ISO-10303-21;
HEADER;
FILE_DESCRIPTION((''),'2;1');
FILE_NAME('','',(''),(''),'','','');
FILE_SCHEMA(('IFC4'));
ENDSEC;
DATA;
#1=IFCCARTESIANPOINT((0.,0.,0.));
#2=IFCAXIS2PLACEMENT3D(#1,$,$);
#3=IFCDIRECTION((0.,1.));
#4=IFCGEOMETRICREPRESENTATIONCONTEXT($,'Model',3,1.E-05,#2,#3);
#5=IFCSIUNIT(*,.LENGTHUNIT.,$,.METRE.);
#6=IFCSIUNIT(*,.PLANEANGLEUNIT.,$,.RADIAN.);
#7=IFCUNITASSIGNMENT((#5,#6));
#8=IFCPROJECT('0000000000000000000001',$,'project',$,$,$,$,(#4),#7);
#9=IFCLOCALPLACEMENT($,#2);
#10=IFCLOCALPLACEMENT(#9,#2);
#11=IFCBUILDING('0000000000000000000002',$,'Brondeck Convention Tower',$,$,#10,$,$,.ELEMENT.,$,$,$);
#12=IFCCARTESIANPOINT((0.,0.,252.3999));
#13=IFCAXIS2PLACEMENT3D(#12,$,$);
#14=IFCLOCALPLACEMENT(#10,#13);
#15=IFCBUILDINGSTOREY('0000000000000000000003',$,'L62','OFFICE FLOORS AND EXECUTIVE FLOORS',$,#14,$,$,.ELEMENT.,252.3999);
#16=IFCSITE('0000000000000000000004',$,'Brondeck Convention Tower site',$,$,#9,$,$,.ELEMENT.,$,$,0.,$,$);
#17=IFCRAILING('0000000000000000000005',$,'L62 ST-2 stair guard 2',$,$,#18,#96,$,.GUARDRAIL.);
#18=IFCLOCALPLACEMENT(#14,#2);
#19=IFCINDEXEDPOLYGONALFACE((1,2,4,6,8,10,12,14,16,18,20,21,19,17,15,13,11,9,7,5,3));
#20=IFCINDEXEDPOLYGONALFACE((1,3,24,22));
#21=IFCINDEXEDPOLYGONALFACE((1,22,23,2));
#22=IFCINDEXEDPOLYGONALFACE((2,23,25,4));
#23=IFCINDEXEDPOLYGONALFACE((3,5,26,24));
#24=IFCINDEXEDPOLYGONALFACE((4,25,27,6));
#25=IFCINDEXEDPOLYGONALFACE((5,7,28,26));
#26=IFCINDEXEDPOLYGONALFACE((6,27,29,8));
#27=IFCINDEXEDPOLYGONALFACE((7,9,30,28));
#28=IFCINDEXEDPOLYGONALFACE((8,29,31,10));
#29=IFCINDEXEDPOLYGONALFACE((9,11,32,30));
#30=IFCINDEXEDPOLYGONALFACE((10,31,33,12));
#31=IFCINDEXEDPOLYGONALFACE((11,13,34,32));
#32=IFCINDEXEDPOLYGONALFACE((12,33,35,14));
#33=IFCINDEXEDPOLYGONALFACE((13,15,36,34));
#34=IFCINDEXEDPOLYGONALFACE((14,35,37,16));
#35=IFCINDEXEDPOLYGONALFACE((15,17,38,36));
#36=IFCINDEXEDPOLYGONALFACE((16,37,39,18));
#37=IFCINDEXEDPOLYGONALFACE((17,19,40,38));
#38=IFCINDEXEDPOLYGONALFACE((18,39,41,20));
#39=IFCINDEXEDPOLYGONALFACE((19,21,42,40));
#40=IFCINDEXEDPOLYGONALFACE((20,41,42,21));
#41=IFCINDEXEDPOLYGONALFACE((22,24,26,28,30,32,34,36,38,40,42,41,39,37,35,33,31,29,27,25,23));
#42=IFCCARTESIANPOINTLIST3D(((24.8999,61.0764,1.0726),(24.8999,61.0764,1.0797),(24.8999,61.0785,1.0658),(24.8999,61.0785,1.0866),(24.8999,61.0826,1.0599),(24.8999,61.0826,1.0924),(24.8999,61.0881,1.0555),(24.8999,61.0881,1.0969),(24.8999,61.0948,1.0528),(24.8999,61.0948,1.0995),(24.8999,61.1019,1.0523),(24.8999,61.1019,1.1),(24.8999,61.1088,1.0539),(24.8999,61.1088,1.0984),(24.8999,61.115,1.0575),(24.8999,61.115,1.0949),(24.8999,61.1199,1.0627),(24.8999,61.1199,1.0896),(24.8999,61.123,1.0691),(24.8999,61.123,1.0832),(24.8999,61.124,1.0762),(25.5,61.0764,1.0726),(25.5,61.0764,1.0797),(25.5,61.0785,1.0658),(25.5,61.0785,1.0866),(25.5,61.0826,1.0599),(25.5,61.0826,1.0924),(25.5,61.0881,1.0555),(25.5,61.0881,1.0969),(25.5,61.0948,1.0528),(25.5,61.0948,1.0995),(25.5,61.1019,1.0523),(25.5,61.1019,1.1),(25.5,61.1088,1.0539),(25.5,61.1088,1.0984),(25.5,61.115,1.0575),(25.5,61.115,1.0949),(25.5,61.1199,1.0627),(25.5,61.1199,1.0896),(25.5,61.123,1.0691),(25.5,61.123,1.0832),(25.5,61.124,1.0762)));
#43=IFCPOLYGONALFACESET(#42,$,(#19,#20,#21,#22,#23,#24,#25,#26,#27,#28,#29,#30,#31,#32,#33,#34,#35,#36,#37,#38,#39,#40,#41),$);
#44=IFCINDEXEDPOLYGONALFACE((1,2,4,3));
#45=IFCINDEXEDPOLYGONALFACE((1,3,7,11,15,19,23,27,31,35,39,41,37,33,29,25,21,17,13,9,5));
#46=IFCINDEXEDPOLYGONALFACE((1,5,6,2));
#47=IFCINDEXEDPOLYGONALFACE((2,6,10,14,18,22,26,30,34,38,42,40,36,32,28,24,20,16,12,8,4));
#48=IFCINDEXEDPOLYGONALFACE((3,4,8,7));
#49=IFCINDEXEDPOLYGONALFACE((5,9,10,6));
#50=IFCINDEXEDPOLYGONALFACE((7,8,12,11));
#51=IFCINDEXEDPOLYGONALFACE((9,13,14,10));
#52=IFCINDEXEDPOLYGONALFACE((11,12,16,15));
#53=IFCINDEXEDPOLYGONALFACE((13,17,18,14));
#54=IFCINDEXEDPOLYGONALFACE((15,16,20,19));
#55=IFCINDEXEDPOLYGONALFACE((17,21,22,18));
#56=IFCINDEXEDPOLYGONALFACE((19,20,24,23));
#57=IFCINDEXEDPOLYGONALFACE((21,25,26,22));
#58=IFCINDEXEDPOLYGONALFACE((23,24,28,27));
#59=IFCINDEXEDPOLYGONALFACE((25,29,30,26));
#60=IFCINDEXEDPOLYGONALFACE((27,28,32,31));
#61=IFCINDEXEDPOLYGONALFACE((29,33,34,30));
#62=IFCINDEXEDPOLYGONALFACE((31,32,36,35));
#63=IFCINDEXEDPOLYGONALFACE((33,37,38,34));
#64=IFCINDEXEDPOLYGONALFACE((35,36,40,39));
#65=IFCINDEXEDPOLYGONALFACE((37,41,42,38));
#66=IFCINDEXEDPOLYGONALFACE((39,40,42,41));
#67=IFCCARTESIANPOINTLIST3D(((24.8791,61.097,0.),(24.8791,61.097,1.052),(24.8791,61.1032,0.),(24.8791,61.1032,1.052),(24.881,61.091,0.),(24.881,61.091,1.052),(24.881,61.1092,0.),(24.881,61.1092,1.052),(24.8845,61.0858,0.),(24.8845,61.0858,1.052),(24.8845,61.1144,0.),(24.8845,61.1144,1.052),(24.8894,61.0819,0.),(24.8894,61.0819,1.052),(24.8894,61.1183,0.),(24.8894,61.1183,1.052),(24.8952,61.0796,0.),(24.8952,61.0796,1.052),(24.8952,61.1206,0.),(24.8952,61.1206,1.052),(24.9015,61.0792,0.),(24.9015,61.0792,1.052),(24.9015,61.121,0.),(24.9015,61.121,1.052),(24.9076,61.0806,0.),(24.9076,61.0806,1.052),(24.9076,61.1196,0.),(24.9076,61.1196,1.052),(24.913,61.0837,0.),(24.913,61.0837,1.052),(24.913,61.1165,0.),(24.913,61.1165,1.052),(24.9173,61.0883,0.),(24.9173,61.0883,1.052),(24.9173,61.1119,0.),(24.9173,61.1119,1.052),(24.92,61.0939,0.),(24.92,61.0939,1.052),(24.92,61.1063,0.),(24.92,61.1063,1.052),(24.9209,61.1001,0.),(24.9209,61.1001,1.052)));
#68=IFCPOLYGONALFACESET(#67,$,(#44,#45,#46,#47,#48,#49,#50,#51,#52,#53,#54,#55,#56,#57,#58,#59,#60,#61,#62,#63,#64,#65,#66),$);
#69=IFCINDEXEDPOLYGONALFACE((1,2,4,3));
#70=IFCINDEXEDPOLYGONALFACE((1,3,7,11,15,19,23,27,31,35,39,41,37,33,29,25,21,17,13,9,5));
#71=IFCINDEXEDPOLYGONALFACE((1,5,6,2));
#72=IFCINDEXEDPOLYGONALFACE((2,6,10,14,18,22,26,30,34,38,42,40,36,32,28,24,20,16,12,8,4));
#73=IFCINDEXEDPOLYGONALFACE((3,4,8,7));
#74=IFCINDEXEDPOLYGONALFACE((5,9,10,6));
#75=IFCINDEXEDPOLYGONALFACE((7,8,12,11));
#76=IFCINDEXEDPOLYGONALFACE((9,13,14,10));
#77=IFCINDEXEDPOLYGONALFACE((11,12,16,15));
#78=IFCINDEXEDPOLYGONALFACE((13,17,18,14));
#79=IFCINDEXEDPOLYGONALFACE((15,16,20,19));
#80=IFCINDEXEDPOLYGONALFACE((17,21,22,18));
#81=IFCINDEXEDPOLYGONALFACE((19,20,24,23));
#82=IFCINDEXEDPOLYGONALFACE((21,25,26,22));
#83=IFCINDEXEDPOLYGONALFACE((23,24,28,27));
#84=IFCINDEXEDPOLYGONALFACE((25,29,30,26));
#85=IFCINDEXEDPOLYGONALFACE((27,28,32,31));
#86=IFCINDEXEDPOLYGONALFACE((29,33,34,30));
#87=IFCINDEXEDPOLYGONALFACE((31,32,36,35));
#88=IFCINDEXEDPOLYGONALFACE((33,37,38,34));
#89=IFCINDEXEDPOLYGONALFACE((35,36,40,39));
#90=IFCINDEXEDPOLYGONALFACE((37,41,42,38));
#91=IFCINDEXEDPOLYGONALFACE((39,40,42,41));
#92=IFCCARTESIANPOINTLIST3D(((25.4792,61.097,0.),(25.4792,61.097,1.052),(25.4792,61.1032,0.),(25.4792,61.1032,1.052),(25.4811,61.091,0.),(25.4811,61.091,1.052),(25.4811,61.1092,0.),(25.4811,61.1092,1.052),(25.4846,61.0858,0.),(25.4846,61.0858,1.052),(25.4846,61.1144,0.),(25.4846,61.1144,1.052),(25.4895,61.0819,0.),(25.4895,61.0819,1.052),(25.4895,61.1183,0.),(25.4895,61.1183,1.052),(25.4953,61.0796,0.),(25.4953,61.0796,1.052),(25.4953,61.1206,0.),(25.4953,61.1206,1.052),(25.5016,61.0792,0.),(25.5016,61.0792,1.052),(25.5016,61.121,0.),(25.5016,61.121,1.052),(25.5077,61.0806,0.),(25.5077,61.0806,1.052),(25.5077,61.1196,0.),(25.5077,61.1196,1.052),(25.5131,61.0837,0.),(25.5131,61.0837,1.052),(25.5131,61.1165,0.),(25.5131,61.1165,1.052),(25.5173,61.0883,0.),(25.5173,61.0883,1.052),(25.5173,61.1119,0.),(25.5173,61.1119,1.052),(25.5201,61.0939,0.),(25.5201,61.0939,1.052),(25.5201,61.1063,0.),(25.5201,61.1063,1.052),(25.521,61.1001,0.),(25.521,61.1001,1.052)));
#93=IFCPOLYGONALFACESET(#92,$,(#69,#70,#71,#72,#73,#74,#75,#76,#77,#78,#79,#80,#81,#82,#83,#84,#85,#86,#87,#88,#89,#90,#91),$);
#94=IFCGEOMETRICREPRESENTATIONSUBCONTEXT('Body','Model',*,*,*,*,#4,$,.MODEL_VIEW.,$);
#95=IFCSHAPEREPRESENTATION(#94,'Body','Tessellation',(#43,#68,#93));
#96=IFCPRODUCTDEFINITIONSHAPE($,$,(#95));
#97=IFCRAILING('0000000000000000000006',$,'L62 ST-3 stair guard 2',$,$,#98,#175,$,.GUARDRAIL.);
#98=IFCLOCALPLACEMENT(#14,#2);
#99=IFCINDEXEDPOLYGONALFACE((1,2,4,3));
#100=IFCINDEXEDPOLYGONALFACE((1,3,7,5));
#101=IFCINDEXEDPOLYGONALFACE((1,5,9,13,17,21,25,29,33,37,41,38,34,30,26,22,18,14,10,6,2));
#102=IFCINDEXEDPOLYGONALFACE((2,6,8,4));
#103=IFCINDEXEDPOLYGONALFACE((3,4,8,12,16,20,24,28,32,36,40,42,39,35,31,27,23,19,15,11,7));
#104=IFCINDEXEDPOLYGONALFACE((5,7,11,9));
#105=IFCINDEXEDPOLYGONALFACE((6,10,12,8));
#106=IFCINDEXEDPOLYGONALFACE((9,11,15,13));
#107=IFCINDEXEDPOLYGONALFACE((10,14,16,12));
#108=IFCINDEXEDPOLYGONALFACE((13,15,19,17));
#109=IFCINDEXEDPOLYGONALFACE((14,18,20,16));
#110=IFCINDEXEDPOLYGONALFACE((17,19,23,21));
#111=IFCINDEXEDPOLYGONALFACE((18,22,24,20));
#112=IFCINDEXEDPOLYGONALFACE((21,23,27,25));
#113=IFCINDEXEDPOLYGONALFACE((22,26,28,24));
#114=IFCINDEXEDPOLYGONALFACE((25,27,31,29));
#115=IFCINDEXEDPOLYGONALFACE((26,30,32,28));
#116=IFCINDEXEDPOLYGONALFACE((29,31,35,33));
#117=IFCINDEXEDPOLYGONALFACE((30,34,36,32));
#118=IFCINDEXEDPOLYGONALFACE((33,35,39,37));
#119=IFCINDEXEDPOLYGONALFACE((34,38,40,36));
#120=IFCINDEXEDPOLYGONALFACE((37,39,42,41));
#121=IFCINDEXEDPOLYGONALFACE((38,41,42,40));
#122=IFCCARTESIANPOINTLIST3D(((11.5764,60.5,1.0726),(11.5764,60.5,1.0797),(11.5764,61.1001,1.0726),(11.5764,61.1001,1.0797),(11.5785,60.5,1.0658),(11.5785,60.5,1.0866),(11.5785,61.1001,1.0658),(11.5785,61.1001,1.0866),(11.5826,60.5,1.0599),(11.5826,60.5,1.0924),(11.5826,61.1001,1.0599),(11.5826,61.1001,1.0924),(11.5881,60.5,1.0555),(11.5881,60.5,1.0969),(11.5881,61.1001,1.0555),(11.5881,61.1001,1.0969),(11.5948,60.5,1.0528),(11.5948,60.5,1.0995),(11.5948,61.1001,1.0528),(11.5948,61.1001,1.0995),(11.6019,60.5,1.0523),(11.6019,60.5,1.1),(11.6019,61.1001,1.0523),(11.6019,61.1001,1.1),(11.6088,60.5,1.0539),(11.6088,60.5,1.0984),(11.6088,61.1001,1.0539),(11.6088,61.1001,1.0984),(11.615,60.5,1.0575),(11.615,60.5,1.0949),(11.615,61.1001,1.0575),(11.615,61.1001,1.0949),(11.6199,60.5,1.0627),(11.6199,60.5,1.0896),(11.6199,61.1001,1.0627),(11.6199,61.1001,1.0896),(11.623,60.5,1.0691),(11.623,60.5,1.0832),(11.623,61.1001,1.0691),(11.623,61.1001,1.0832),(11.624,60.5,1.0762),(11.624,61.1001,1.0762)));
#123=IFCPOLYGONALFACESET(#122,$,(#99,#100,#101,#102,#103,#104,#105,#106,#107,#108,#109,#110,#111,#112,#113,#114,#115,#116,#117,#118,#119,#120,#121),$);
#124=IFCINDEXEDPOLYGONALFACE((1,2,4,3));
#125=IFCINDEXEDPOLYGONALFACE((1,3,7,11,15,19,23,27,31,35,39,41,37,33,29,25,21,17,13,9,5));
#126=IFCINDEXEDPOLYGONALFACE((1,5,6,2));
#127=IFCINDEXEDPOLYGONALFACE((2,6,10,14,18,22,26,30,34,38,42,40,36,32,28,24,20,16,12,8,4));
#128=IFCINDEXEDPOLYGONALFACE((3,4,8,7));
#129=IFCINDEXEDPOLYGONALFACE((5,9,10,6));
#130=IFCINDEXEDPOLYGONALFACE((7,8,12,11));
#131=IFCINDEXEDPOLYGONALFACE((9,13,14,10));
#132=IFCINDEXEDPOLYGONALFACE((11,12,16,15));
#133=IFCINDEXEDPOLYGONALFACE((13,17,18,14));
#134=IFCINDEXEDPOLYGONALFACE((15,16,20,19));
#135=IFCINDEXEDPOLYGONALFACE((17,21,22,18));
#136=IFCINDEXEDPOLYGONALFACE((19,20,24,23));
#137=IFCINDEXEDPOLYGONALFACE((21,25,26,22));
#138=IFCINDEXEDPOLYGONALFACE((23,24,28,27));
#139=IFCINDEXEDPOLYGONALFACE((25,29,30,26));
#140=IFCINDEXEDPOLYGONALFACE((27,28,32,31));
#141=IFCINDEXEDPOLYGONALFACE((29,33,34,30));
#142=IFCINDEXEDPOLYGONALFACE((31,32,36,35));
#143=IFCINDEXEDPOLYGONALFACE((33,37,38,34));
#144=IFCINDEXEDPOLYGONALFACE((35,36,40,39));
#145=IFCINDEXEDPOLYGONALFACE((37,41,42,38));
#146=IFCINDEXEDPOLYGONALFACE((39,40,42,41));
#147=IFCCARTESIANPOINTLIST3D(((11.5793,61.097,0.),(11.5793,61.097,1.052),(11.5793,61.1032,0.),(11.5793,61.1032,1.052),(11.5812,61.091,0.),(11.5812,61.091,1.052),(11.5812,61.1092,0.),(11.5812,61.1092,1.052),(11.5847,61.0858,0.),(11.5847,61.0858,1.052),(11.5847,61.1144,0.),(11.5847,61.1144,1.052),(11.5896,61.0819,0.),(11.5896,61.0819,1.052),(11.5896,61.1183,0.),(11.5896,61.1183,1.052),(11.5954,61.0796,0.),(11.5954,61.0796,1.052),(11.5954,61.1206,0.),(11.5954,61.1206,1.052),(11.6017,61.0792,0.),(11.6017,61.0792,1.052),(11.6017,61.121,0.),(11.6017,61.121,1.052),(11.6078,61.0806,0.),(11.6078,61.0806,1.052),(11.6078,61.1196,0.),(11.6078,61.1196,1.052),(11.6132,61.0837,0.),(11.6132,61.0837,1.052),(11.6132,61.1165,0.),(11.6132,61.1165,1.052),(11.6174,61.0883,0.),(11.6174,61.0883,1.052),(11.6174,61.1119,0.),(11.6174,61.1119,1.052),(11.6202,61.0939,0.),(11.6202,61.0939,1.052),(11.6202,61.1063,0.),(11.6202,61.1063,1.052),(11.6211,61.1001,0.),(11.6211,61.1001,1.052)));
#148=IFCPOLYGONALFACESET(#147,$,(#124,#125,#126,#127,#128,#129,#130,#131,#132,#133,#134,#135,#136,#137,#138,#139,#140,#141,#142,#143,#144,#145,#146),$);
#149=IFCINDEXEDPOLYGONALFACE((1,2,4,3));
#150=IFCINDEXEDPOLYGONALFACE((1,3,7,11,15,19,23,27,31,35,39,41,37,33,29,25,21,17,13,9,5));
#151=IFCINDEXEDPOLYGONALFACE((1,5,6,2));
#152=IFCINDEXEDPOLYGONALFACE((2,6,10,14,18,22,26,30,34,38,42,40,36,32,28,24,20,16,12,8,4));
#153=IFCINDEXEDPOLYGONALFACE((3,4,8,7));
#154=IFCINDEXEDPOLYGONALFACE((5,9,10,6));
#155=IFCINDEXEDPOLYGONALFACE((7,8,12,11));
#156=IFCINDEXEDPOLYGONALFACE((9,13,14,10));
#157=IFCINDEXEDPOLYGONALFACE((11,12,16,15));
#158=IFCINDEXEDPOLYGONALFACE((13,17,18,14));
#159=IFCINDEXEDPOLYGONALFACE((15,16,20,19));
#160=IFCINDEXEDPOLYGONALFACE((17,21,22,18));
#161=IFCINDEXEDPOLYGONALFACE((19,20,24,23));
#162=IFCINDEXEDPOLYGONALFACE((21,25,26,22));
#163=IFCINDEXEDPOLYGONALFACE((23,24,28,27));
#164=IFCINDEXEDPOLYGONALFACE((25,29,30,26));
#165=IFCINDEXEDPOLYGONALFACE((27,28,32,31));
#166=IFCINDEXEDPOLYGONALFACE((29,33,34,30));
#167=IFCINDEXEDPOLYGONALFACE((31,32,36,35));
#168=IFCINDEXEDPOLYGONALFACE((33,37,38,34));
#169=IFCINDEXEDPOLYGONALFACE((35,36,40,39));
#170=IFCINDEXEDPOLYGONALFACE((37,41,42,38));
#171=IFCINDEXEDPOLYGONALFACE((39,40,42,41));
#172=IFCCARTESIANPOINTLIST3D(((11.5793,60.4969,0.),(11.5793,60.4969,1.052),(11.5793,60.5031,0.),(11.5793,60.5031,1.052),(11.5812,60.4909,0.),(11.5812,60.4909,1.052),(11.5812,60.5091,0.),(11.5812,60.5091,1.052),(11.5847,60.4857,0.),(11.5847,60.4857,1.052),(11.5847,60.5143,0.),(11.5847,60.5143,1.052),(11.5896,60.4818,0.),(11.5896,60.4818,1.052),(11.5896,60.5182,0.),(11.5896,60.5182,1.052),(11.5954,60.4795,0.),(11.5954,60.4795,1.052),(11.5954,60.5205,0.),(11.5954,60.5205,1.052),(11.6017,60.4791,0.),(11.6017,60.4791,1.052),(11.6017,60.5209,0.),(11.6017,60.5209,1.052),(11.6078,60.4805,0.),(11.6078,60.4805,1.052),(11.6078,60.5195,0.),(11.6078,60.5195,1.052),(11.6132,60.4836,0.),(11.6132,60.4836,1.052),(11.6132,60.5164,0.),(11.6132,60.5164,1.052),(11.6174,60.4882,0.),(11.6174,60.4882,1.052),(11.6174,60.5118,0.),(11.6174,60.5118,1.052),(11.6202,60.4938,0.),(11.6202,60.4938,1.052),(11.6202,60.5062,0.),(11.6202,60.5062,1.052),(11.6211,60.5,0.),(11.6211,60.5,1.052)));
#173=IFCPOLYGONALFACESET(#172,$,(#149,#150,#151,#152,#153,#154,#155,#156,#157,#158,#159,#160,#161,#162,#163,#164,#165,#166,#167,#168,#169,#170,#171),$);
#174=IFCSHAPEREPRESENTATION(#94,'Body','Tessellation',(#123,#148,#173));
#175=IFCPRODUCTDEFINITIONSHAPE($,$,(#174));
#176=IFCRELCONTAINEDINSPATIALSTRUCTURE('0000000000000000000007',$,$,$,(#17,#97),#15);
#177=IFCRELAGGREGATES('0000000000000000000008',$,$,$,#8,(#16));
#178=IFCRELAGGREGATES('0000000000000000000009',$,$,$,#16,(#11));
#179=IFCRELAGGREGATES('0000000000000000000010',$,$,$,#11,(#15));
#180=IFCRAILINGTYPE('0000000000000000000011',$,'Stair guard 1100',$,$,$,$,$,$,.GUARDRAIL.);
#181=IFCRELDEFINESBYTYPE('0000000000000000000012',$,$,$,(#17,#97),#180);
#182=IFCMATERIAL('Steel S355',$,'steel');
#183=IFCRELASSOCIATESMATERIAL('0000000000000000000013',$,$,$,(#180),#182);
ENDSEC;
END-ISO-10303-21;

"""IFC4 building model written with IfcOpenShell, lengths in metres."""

from ifc_helpers import new_model, si_unit, direction, frame, origin, origin_2d, place, context, subcontext, project, spatial, circle, extrude, material, type_object, element, save


model = new_model("IFC4")

# Units and contexts
model_context = context("Model", 3, precision=1e-05, world=origin(), true_north=direction((0.0, 1.0)))
body_context = subcontext(model_context, "Body", "Model", "MODEL_VIEW")
ifc_project = project(units=[si_unit("LENGTHUNIT", "METRE"), si_unit("PLANEANGLEUNIT", "RADIAN")], contexts=[model_context])

# Site, building, storey
site_placement = place(None, origin())
site = spatial("IfcSite", under=ifc_project, at=site_placement, Name="Brondeck Convention Tower site", CompositionType="ELEMENT", RefElevation=0.0)
building_placement = place(site_placement, origin())
building = spatial("IfcBuilding", under=site, at=building_placement, Name="Brondeck Convention Tower", CompositionType="ELEMENT")
storey_placement = place(building_placement, frame((0.0, 0.0, 252.3999)))
storey = spatial("IfcBuildingStorey", under=building, at=storey_placement, Name="L62", Description="OFFICE FLOORS AND EXECUTIVE FLOORS", CompositionType="ELEMENT", Elevation=252.3999)

# Railings
ifc_material_1 = material(Name="Steel S355", Category="steel")
railing_type_1 = type_object("IfcRailingType", Name="Stair guard 1100", PredefinedType="GUARDRAIL", material=ifc_material_1)
railing_1_placement = place(storey_placement, frame((24.8999, 61.1001, 0.0)))
element("IfcRailing", 1, at=railing_1_placement, inside=storey, type_object=railing_type_1, Name="L62 ST-2 stair guard 2", PredefinedType="GUARDRAIL", context=body_context, shape_type="SweptSolid", body=[
    extrude(circle(Radius=0.0239, at=origin_2d()), frame((0.0, 0.0, 1.0762), z_axis=(1.0, 0.0, 0.0), x_axis=(0.0, 1.0, 0.0)), (0.0, 0.0, 1.0), 0.6001),
    extrude(circle(Radius=0.021, at=origin_2d()), origin(), (0.0, 0.0, 1.0), 1.052),
    extrude(circle(Radius=0.021, at=origin_2d()), frame((0.6001, 0.0, 0.0)), (0.0, 0.0, 1.0), 1.052),
])
railing_2_placement = place(storey_placement, frame((11.6001, 61.1001, 0.0)))
element("IfcRailing", 2, at=railing_2_placement, inside=storey, type_object=railing_type_1, Name="L62 ST-3 stair guard 2", PredefinedType="GUARDRAIL", context=body_context, shape_type="SweptSolid", body=[
    extrude(circle(Radius=0.0239, at=origin_2d()), frame((0.0, 0.0, 1.0762), z_axis=(0.0, -1.0, 0.0), x_axis=(1.0, 0.0, 0.0)), (0.0, 0.0, 1.0), 0.6001),
    extrude(circle(Radius=0.021, at=origin_2d()), origin(), (0.0, 0.0, 1.0), 1.052),
    extrude(circle(Radius=0.021, at=origin_2d()), frame((0.0, -0.6001, 0.0)), (0.0, 0.0, 1.0), 1.052),
])

save(model, "model.ifc")
